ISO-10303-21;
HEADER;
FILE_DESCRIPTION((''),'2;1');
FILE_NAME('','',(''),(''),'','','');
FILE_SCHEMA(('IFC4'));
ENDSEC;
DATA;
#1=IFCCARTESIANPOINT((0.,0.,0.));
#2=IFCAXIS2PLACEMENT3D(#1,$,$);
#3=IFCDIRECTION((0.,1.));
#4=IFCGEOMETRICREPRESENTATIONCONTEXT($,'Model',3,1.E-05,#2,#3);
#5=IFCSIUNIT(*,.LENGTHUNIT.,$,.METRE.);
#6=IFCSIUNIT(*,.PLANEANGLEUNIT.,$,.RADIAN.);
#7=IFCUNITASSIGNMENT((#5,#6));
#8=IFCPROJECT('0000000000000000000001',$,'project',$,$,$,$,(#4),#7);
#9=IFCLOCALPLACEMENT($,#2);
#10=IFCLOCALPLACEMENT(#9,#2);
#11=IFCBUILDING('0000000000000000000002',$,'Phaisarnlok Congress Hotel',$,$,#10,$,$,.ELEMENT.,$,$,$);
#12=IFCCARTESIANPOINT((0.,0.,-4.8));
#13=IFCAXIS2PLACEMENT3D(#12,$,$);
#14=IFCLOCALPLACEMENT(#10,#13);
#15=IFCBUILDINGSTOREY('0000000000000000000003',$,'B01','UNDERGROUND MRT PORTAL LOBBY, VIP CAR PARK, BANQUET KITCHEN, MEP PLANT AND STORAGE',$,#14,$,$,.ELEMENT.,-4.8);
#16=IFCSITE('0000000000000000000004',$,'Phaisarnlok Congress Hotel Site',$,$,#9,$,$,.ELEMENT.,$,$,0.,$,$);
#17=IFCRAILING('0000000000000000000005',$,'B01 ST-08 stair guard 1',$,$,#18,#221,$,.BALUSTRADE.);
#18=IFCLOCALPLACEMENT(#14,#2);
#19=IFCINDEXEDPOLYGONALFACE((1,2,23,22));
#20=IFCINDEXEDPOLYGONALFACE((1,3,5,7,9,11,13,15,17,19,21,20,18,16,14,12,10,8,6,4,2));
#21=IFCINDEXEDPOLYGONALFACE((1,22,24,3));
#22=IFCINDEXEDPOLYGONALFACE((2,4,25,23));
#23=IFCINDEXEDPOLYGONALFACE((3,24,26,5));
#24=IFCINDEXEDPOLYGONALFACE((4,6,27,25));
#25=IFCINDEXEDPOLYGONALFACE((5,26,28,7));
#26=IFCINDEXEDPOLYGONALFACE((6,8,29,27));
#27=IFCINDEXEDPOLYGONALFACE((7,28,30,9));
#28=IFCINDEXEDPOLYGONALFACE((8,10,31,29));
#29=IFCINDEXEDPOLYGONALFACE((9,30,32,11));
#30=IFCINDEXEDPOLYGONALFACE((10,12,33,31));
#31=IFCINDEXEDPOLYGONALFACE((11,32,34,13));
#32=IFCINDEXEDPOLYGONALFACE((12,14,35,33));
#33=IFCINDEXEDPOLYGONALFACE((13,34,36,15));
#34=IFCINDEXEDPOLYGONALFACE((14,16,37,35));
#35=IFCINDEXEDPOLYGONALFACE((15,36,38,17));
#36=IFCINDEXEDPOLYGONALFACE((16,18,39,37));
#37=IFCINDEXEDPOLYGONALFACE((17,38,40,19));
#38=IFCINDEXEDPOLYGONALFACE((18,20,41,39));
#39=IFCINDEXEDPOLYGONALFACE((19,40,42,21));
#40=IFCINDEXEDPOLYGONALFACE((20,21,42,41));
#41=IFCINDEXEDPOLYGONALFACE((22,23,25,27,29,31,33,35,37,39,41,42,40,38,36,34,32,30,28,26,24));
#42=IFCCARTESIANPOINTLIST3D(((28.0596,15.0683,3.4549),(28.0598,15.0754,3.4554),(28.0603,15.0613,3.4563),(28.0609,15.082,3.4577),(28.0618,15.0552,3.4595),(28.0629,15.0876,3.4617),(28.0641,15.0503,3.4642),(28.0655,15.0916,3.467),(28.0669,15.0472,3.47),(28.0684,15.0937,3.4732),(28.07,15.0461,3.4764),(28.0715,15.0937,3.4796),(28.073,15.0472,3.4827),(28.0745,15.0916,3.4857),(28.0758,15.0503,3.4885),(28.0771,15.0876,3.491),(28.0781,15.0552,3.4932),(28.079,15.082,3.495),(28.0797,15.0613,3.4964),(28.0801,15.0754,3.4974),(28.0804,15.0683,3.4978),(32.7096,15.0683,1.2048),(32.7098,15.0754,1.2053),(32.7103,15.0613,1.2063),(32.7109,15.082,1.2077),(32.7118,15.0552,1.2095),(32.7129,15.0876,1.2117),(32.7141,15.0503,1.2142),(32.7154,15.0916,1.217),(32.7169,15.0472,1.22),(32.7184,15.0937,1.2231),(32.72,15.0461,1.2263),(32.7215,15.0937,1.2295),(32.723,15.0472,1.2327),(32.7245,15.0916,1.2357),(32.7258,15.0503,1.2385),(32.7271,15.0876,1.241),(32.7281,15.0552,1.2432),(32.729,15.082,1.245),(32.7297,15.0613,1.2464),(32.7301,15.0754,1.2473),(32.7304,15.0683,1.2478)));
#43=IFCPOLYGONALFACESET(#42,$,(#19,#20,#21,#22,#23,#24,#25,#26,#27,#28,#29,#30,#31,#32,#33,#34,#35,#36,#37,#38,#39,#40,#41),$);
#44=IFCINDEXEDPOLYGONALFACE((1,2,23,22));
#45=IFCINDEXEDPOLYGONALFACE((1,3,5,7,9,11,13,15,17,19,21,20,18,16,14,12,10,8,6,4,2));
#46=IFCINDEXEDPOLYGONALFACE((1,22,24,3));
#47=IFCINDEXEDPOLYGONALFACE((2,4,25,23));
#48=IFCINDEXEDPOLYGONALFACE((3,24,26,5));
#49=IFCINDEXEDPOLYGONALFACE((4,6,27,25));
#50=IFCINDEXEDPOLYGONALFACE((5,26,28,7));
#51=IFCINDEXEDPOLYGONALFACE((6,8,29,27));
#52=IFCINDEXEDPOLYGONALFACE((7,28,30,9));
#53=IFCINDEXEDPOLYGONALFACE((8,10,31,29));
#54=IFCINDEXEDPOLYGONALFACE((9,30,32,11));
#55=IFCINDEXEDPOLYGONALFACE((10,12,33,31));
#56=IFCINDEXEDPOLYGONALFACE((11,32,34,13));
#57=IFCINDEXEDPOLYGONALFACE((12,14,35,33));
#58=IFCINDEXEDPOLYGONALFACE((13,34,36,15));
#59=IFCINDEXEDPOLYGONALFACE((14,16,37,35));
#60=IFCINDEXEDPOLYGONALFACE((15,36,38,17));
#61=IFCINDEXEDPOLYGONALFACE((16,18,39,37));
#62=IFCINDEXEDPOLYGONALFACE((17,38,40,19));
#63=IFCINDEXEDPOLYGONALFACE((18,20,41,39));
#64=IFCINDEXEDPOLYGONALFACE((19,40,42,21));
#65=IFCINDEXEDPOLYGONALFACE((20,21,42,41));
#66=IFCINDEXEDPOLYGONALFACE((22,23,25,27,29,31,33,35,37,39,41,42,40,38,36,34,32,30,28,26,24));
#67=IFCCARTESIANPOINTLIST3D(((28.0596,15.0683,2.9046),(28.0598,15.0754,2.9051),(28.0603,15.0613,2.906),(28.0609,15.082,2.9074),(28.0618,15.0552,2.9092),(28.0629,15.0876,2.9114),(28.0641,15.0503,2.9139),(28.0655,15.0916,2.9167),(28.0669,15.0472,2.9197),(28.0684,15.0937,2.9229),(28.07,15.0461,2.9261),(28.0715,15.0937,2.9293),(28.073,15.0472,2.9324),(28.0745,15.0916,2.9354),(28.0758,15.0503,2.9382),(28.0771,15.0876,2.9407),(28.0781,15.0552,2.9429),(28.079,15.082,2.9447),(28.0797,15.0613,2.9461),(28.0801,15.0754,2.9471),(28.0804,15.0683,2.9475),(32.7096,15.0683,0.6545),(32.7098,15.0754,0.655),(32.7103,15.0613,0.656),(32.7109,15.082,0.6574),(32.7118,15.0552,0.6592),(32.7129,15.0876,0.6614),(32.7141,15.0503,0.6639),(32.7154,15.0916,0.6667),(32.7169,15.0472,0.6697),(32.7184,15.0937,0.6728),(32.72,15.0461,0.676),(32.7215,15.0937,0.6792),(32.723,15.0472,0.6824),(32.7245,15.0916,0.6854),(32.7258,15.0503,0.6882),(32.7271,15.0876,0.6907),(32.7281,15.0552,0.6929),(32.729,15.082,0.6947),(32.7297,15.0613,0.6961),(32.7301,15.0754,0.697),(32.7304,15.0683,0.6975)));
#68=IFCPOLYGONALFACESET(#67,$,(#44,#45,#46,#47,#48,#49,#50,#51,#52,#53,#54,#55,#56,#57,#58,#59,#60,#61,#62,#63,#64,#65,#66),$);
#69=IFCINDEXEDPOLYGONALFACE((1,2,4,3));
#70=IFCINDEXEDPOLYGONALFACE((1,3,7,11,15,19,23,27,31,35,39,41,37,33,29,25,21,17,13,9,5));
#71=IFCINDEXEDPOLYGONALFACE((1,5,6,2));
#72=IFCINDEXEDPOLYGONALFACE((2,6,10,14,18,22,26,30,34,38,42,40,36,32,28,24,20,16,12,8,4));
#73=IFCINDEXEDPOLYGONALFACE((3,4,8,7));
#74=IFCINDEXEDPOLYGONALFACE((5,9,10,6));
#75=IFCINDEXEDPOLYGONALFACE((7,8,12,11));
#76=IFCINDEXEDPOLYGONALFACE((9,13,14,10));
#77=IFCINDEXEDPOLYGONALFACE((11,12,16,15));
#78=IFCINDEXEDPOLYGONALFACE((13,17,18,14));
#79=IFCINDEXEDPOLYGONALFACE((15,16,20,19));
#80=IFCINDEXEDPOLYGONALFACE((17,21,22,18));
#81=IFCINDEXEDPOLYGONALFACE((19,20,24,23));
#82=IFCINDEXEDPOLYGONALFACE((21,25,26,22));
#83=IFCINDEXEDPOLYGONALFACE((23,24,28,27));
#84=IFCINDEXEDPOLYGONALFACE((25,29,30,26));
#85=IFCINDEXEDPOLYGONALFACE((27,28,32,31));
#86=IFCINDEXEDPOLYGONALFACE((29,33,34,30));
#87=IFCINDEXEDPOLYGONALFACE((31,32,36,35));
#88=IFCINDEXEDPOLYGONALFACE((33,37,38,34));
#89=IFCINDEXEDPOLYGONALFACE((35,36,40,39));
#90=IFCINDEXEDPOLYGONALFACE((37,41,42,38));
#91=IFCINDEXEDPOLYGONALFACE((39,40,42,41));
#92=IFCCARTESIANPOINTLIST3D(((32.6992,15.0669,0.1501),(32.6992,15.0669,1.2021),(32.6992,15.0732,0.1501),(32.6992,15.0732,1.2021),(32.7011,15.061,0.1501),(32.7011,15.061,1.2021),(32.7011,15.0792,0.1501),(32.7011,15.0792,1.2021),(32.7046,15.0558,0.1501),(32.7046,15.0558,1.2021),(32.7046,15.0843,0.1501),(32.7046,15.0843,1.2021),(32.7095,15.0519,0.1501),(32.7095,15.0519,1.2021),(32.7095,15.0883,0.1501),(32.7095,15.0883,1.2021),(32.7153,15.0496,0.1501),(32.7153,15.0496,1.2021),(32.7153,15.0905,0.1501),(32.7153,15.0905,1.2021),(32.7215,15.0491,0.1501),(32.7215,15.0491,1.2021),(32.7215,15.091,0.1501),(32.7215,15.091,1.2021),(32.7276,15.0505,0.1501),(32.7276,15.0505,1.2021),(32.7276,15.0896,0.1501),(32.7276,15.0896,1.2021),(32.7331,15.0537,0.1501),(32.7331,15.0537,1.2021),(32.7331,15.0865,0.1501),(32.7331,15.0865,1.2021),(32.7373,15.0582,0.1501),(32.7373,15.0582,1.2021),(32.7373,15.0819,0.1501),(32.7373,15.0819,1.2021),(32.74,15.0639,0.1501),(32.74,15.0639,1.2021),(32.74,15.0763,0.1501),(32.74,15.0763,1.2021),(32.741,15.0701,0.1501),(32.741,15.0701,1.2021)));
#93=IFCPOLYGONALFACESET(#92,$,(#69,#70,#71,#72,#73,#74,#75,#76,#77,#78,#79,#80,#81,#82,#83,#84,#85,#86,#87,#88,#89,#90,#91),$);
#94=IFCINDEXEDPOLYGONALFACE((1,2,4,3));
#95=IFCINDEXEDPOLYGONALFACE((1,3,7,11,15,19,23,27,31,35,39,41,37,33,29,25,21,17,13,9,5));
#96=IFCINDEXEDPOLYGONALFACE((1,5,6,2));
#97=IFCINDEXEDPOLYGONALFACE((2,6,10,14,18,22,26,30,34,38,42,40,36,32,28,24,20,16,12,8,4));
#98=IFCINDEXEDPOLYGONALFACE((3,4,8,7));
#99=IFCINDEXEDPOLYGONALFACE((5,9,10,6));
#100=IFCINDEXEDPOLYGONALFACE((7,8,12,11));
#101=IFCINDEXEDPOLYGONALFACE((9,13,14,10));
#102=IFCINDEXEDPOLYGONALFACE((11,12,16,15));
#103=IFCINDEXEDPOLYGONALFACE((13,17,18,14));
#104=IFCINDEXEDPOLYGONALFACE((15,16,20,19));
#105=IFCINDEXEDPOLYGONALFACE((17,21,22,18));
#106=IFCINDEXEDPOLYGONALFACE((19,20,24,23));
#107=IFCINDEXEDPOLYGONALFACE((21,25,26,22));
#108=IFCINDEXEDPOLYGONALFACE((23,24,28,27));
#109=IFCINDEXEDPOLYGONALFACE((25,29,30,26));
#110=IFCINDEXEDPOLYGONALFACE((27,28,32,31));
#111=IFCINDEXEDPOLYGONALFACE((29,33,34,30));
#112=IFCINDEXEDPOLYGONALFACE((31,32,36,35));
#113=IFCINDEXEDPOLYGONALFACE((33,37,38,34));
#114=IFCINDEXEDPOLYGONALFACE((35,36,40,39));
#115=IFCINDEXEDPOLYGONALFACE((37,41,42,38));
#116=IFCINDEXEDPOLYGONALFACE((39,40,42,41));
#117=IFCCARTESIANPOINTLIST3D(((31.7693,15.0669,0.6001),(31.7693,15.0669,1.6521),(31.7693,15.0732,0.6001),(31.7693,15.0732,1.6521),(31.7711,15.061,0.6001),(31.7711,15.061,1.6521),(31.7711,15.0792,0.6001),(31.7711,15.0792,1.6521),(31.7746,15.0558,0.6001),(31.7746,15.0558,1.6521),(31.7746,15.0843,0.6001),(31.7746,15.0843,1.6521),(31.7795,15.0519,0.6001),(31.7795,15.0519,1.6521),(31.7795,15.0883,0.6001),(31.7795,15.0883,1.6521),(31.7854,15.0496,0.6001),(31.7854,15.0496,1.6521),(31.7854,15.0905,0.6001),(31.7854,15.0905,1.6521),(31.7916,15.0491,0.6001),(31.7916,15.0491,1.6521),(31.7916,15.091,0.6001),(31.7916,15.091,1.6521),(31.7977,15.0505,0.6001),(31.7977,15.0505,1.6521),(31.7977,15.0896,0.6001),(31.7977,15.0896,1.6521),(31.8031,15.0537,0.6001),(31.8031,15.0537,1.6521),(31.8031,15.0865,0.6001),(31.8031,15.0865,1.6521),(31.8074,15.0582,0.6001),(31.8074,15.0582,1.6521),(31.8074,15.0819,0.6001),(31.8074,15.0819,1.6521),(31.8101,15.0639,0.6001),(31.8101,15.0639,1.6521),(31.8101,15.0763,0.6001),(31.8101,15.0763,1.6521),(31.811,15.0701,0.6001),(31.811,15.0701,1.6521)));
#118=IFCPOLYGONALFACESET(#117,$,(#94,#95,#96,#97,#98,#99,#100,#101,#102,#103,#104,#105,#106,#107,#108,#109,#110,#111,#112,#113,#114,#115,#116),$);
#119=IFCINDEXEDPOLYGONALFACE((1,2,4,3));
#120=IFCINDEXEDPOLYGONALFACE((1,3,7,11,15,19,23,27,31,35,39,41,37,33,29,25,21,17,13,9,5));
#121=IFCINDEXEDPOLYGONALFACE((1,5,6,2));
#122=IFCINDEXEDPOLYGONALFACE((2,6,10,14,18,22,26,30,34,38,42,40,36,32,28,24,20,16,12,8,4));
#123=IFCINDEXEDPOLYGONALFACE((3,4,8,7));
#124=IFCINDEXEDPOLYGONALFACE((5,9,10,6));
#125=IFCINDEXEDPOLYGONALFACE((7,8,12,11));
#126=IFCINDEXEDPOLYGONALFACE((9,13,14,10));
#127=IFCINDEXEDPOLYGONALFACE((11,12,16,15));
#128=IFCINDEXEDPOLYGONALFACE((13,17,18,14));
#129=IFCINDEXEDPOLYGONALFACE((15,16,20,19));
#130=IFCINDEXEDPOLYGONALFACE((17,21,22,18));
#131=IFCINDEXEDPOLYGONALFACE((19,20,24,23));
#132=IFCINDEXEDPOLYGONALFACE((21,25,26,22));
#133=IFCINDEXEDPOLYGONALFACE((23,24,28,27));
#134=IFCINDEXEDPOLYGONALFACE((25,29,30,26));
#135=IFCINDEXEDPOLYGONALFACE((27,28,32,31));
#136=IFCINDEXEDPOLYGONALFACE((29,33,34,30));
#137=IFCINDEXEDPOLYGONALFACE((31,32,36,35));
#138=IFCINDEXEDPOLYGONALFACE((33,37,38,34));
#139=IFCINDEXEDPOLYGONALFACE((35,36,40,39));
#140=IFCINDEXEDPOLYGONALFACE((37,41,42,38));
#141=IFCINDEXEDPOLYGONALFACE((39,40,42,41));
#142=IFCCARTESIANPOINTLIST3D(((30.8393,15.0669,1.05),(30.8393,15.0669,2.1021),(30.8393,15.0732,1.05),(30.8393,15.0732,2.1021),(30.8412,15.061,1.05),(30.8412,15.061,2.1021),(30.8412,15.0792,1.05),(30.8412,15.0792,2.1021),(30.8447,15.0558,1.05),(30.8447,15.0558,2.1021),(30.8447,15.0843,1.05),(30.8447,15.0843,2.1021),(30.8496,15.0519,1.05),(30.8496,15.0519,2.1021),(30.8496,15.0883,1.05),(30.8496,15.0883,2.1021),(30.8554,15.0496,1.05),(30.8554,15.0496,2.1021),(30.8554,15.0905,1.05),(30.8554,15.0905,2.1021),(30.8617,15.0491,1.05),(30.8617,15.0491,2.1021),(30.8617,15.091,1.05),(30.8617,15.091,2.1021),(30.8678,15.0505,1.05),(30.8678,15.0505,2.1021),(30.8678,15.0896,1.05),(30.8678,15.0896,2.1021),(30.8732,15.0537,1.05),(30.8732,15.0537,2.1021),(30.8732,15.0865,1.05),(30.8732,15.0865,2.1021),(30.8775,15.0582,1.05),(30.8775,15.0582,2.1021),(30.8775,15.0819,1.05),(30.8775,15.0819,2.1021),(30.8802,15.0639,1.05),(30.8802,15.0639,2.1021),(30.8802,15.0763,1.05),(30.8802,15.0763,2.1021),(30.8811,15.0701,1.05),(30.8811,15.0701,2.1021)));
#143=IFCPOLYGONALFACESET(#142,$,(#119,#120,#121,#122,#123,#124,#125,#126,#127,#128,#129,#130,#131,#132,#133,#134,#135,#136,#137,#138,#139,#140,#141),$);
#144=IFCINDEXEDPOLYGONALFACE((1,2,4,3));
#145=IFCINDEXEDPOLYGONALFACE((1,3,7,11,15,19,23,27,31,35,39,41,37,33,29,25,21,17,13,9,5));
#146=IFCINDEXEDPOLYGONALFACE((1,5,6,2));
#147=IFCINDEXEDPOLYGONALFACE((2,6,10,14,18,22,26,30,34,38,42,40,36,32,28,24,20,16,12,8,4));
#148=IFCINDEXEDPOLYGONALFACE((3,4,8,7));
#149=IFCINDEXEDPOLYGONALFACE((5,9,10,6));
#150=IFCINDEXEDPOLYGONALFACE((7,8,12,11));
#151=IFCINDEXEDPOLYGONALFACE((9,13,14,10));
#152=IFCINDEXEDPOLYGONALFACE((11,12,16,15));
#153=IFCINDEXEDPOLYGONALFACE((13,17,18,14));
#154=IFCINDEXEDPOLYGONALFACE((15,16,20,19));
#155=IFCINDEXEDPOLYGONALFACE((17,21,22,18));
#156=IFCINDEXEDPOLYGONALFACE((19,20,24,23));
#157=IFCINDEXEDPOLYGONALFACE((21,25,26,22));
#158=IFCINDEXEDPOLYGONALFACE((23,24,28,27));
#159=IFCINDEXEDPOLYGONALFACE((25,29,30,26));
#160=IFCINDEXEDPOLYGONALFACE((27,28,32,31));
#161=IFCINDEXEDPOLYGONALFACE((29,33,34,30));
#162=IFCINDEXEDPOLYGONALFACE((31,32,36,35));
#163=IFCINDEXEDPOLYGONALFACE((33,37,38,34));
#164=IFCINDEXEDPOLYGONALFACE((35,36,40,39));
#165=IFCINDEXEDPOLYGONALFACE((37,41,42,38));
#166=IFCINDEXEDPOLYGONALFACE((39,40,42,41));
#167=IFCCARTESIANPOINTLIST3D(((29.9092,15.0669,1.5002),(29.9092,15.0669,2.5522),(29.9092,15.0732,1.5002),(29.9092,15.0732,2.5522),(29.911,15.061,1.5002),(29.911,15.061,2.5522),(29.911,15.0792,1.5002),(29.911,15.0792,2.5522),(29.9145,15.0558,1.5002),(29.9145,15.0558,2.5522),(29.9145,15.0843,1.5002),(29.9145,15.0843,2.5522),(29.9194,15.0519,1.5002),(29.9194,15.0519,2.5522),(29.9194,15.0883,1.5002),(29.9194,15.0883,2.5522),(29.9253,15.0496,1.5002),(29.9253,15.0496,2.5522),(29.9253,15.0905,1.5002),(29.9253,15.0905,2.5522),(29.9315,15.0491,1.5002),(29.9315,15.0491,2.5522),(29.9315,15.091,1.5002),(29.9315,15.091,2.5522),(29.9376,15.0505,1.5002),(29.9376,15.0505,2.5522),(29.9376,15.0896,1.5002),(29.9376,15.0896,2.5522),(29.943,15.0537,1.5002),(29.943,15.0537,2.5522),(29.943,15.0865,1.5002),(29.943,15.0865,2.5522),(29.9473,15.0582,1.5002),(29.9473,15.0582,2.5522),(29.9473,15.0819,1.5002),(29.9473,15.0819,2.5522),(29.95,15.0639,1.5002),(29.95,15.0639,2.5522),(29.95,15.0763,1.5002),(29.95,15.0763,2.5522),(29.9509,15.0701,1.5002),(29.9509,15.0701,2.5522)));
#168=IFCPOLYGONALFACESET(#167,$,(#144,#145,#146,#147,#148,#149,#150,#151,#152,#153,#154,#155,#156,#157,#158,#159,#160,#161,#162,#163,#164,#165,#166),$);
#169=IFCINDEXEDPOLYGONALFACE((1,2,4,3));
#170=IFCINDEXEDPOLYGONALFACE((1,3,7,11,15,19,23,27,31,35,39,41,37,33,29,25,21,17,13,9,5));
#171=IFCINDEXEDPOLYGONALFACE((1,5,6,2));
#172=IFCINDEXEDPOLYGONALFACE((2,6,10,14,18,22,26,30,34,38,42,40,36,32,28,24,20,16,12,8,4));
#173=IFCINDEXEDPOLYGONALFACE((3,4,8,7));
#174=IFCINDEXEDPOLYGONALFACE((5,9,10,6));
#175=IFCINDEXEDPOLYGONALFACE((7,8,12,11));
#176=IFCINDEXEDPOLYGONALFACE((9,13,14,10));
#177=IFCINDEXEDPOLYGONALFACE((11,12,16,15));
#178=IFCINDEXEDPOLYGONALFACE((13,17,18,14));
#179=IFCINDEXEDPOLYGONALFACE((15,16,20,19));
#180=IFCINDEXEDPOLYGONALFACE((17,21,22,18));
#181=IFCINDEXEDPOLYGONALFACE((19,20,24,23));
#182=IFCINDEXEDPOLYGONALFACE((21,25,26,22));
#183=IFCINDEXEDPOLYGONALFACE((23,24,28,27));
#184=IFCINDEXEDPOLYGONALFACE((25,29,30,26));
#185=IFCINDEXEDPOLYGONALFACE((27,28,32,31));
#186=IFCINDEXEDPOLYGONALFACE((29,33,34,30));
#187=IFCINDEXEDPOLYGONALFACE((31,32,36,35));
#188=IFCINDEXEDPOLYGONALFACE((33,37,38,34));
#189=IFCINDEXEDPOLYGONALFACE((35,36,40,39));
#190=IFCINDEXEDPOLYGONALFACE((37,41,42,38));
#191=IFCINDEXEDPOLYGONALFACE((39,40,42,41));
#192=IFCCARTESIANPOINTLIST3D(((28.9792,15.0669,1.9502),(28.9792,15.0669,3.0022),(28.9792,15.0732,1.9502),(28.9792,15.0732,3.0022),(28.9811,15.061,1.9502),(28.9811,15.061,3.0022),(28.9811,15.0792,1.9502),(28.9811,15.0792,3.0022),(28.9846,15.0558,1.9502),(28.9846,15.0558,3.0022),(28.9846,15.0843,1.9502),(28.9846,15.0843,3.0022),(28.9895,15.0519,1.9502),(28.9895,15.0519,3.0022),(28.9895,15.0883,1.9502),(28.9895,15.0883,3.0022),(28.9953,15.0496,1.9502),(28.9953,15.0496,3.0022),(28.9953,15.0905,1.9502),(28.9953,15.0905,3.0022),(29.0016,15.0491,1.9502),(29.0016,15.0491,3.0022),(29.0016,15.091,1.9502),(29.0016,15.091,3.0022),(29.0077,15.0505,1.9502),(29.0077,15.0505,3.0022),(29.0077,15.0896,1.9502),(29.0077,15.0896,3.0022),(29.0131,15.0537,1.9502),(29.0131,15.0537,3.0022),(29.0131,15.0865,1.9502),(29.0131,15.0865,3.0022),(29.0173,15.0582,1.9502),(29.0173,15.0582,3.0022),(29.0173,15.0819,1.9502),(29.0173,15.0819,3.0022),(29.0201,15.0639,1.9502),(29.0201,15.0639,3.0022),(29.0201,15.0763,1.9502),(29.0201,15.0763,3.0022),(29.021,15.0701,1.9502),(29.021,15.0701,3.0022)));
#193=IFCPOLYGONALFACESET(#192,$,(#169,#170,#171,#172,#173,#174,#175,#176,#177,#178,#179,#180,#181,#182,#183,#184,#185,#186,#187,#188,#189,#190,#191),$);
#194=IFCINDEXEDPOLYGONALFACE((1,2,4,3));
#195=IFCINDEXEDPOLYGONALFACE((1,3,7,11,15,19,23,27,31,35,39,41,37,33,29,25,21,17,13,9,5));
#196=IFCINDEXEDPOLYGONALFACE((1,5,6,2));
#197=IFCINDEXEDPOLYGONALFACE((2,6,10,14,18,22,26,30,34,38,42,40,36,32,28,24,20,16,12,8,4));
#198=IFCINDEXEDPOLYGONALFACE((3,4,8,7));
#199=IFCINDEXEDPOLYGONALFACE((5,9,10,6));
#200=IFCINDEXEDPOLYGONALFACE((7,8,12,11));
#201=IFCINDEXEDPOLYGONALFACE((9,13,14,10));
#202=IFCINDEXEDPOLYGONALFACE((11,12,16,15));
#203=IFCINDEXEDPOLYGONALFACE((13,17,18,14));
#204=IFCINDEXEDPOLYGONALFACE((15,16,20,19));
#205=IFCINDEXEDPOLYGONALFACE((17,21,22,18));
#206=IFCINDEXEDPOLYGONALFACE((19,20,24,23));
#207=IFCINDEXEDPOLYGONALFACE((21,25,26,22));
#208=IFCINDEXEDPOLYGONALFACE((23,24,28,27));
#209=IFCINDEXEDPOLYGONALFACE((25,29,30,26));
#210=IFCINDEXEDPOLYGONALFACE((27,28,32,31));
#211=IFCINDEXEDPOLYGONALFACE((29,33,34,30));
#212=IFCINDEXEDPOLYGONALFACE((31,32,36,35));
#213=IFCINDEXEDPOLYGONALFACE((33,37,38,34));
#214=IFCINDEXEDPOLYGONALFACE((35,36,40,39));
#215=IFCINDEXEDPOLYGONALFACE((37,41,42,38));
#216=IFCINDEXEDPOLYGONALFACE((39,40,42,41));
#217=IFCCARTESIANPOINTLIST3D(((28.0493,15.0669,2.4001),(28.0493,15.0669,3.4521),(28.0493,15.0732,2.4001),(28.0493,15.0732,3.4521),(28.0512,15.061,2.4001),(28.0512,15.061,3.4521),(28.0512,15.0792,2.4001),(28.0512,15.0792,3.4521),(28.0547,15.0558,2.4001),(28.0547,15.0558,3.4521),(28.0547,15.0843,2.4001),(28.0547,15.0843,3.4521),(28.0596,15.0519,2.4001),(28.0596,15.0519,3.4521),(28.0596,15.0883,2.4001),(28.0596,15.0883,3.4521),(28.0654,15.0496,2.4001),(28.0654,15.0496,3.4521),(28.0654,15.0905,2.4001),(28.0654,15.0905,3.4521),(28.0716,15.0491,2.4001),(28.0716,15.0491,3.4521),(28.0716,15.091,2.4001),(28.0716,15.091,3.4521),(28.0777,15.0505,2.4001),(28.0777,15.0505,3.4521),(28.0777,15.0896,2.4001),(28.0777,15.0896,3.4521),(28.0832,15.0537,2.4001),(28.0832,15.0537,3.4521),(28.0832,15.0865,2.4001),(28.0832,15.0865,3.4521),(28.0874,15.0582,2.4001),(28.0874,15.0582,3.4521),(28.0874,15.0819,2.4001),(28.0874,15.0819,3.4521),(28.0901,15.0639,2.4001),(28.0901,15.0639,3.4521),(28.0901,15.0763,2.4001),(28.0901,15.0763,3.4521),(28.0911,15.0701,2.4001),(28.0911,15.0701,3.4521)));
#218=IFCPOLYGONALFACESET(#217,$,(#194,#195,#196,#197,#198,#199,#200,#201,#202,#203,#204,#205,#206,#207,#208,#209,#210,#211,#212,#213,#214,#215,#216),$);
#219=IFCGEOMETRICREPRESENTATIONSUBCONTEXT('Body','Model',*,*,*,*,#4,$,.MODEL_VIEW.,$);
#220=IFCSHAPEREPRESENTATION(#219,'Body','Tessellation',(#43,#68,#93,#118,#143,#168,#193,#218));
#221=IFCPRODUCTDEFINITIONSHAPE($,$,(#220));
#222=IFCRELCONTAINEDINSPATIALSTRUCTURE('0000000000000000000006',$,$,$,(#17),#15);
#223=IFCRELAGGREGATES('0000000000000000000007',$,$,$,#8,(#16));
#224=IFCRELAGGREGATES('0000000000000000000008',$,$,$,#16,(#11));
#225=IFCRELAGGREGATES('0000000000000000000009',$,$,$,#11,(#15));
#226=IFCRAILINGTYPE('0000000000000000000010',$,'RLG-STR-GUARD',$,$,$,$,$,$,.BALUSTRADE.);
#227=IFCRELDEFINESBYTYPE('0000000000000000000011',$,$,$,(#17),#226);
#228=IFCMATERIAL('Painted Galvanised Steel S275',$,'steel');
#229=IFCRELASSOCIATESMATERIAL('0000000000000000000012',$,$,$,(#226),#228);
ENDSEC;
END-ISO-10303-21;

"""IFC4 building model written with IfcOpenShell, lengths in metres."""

from ifc_helpers import new_model, si_unit, direction, frame, origin, origin_2d, place, context, subcontext, project, spatial, circle, extrude, material, type_object, element, save


model = new_model("IFC4")

# Units and contexts
model_context = context("Model", 3, precision=1e-05, world=origin(), true_north=direction((0.0, 1.0)))
body_context = subcontext(model_context, "Body", "Model", "MODEL_VIEW")
ifc_project = project(units=[si_unit("LENGTHUNIT", "METRE"), si_unit("PLANEANGLEUNIT", "RADIAN")], contexts=[model_context])

# Site, building, storey
site_placement = place(None, origin())
site = spatial("IfcSite", under=ifc_project, at=site_placement, Name="Phaisarnlok Congress Hotel Site", CompositionType="ELEMENT", RefElevation=0.0)
building_placement = place(site_placement, origin())
building = spatial("IfcBuilding", under=site, at=building_placement, Name="Phaisarnlok Congress Hotel", CompositionType="ELEMENT")
storey_placement = place(building_placement, frame((0.0, 0.0, -4.8)))
storey = spatial("IfcBuildingStorey", under=building, at=storey_placement, Name="B01", Description="UNDERGROUND MRT PORTAL LOBBY, VIP CAR PARK, BANQUET KITCHEN, MEP PLANT AND STORAGE", CompositionType="ELEMENT", Elevation=-4.8)

# Railing
ifc_material_1 = material(Name="Painted Galvanised Steel S275", Category="steel")
railing_type_1 = type_object("IfcRailingType", Name="RLG-STR-GUARD", PredefinedType="BALUSTRADE", material=ifc_material_1)
railing_1_placement = place(storey_placement, frame((32.72, 15.0701, 0.1501)))
element("IfcRailing", 1, at=railing_1_placement, inside=storey, type_object=railing_type_1, Name="B01 ST-08 stair guard 1", PredefinedType="BALUSTRADE", context=body_context, shape_type="SweptSolid", body=[
    extrude(circle(Radius=0.0239, at=origin_2d()), frame((0.0, 0.0, 1.0762), z_axis=(-0.900156, 0.0, 0.435568), x_axis=(0.0, -1.0, 0.0)), (0.0, 0.0, 1.0), 5.1658),
    extrude(circle(Radius=0.0239, at=origin_2d()), frame((0.0, 0.0, 0.5259), z_axis=(-0.900156, 0.0, 0.435568), x_axis=(0.0, -1.0, 0.0)), (0.0, 0.0, 1.0), 5.1658),
    extrude(circle(Radius=0.021, at=origin_2d()), origin(), (0.0, 0.0, 1.0), 1.052),
    extrude(circle(Radius=0.021, at=origin_2d()), frame((-0.9299, 0.0, 0.45)), (0.0, 0.0, 1.0), 1.052),
    extrude(circle(Radius=0.021, at=origin_2d()), frame((-1.8599, 0.0, 0.8999)), (0.0, 0.0, 1.0), 1.052),
    extrude(circle(Radius=0.021, at=origin_2d()), frame((-2.79, 0.0, 1.3501)), (0.0, 0.0, 1.0), 1.052),
    extrude(circle(Radius=0.021, at=origin_2d()), frame((-3.72, 0.0, 1.8)), (0.0, 0.0, 1.0), 1.052),
    extrude(circle(Radius=0.021, at=origin_2d()), frame((-4.6499, 0.0, 2.25)), (0.0, 0.0, 1.0), 1.052),
])

save(model, "model.ifc")
